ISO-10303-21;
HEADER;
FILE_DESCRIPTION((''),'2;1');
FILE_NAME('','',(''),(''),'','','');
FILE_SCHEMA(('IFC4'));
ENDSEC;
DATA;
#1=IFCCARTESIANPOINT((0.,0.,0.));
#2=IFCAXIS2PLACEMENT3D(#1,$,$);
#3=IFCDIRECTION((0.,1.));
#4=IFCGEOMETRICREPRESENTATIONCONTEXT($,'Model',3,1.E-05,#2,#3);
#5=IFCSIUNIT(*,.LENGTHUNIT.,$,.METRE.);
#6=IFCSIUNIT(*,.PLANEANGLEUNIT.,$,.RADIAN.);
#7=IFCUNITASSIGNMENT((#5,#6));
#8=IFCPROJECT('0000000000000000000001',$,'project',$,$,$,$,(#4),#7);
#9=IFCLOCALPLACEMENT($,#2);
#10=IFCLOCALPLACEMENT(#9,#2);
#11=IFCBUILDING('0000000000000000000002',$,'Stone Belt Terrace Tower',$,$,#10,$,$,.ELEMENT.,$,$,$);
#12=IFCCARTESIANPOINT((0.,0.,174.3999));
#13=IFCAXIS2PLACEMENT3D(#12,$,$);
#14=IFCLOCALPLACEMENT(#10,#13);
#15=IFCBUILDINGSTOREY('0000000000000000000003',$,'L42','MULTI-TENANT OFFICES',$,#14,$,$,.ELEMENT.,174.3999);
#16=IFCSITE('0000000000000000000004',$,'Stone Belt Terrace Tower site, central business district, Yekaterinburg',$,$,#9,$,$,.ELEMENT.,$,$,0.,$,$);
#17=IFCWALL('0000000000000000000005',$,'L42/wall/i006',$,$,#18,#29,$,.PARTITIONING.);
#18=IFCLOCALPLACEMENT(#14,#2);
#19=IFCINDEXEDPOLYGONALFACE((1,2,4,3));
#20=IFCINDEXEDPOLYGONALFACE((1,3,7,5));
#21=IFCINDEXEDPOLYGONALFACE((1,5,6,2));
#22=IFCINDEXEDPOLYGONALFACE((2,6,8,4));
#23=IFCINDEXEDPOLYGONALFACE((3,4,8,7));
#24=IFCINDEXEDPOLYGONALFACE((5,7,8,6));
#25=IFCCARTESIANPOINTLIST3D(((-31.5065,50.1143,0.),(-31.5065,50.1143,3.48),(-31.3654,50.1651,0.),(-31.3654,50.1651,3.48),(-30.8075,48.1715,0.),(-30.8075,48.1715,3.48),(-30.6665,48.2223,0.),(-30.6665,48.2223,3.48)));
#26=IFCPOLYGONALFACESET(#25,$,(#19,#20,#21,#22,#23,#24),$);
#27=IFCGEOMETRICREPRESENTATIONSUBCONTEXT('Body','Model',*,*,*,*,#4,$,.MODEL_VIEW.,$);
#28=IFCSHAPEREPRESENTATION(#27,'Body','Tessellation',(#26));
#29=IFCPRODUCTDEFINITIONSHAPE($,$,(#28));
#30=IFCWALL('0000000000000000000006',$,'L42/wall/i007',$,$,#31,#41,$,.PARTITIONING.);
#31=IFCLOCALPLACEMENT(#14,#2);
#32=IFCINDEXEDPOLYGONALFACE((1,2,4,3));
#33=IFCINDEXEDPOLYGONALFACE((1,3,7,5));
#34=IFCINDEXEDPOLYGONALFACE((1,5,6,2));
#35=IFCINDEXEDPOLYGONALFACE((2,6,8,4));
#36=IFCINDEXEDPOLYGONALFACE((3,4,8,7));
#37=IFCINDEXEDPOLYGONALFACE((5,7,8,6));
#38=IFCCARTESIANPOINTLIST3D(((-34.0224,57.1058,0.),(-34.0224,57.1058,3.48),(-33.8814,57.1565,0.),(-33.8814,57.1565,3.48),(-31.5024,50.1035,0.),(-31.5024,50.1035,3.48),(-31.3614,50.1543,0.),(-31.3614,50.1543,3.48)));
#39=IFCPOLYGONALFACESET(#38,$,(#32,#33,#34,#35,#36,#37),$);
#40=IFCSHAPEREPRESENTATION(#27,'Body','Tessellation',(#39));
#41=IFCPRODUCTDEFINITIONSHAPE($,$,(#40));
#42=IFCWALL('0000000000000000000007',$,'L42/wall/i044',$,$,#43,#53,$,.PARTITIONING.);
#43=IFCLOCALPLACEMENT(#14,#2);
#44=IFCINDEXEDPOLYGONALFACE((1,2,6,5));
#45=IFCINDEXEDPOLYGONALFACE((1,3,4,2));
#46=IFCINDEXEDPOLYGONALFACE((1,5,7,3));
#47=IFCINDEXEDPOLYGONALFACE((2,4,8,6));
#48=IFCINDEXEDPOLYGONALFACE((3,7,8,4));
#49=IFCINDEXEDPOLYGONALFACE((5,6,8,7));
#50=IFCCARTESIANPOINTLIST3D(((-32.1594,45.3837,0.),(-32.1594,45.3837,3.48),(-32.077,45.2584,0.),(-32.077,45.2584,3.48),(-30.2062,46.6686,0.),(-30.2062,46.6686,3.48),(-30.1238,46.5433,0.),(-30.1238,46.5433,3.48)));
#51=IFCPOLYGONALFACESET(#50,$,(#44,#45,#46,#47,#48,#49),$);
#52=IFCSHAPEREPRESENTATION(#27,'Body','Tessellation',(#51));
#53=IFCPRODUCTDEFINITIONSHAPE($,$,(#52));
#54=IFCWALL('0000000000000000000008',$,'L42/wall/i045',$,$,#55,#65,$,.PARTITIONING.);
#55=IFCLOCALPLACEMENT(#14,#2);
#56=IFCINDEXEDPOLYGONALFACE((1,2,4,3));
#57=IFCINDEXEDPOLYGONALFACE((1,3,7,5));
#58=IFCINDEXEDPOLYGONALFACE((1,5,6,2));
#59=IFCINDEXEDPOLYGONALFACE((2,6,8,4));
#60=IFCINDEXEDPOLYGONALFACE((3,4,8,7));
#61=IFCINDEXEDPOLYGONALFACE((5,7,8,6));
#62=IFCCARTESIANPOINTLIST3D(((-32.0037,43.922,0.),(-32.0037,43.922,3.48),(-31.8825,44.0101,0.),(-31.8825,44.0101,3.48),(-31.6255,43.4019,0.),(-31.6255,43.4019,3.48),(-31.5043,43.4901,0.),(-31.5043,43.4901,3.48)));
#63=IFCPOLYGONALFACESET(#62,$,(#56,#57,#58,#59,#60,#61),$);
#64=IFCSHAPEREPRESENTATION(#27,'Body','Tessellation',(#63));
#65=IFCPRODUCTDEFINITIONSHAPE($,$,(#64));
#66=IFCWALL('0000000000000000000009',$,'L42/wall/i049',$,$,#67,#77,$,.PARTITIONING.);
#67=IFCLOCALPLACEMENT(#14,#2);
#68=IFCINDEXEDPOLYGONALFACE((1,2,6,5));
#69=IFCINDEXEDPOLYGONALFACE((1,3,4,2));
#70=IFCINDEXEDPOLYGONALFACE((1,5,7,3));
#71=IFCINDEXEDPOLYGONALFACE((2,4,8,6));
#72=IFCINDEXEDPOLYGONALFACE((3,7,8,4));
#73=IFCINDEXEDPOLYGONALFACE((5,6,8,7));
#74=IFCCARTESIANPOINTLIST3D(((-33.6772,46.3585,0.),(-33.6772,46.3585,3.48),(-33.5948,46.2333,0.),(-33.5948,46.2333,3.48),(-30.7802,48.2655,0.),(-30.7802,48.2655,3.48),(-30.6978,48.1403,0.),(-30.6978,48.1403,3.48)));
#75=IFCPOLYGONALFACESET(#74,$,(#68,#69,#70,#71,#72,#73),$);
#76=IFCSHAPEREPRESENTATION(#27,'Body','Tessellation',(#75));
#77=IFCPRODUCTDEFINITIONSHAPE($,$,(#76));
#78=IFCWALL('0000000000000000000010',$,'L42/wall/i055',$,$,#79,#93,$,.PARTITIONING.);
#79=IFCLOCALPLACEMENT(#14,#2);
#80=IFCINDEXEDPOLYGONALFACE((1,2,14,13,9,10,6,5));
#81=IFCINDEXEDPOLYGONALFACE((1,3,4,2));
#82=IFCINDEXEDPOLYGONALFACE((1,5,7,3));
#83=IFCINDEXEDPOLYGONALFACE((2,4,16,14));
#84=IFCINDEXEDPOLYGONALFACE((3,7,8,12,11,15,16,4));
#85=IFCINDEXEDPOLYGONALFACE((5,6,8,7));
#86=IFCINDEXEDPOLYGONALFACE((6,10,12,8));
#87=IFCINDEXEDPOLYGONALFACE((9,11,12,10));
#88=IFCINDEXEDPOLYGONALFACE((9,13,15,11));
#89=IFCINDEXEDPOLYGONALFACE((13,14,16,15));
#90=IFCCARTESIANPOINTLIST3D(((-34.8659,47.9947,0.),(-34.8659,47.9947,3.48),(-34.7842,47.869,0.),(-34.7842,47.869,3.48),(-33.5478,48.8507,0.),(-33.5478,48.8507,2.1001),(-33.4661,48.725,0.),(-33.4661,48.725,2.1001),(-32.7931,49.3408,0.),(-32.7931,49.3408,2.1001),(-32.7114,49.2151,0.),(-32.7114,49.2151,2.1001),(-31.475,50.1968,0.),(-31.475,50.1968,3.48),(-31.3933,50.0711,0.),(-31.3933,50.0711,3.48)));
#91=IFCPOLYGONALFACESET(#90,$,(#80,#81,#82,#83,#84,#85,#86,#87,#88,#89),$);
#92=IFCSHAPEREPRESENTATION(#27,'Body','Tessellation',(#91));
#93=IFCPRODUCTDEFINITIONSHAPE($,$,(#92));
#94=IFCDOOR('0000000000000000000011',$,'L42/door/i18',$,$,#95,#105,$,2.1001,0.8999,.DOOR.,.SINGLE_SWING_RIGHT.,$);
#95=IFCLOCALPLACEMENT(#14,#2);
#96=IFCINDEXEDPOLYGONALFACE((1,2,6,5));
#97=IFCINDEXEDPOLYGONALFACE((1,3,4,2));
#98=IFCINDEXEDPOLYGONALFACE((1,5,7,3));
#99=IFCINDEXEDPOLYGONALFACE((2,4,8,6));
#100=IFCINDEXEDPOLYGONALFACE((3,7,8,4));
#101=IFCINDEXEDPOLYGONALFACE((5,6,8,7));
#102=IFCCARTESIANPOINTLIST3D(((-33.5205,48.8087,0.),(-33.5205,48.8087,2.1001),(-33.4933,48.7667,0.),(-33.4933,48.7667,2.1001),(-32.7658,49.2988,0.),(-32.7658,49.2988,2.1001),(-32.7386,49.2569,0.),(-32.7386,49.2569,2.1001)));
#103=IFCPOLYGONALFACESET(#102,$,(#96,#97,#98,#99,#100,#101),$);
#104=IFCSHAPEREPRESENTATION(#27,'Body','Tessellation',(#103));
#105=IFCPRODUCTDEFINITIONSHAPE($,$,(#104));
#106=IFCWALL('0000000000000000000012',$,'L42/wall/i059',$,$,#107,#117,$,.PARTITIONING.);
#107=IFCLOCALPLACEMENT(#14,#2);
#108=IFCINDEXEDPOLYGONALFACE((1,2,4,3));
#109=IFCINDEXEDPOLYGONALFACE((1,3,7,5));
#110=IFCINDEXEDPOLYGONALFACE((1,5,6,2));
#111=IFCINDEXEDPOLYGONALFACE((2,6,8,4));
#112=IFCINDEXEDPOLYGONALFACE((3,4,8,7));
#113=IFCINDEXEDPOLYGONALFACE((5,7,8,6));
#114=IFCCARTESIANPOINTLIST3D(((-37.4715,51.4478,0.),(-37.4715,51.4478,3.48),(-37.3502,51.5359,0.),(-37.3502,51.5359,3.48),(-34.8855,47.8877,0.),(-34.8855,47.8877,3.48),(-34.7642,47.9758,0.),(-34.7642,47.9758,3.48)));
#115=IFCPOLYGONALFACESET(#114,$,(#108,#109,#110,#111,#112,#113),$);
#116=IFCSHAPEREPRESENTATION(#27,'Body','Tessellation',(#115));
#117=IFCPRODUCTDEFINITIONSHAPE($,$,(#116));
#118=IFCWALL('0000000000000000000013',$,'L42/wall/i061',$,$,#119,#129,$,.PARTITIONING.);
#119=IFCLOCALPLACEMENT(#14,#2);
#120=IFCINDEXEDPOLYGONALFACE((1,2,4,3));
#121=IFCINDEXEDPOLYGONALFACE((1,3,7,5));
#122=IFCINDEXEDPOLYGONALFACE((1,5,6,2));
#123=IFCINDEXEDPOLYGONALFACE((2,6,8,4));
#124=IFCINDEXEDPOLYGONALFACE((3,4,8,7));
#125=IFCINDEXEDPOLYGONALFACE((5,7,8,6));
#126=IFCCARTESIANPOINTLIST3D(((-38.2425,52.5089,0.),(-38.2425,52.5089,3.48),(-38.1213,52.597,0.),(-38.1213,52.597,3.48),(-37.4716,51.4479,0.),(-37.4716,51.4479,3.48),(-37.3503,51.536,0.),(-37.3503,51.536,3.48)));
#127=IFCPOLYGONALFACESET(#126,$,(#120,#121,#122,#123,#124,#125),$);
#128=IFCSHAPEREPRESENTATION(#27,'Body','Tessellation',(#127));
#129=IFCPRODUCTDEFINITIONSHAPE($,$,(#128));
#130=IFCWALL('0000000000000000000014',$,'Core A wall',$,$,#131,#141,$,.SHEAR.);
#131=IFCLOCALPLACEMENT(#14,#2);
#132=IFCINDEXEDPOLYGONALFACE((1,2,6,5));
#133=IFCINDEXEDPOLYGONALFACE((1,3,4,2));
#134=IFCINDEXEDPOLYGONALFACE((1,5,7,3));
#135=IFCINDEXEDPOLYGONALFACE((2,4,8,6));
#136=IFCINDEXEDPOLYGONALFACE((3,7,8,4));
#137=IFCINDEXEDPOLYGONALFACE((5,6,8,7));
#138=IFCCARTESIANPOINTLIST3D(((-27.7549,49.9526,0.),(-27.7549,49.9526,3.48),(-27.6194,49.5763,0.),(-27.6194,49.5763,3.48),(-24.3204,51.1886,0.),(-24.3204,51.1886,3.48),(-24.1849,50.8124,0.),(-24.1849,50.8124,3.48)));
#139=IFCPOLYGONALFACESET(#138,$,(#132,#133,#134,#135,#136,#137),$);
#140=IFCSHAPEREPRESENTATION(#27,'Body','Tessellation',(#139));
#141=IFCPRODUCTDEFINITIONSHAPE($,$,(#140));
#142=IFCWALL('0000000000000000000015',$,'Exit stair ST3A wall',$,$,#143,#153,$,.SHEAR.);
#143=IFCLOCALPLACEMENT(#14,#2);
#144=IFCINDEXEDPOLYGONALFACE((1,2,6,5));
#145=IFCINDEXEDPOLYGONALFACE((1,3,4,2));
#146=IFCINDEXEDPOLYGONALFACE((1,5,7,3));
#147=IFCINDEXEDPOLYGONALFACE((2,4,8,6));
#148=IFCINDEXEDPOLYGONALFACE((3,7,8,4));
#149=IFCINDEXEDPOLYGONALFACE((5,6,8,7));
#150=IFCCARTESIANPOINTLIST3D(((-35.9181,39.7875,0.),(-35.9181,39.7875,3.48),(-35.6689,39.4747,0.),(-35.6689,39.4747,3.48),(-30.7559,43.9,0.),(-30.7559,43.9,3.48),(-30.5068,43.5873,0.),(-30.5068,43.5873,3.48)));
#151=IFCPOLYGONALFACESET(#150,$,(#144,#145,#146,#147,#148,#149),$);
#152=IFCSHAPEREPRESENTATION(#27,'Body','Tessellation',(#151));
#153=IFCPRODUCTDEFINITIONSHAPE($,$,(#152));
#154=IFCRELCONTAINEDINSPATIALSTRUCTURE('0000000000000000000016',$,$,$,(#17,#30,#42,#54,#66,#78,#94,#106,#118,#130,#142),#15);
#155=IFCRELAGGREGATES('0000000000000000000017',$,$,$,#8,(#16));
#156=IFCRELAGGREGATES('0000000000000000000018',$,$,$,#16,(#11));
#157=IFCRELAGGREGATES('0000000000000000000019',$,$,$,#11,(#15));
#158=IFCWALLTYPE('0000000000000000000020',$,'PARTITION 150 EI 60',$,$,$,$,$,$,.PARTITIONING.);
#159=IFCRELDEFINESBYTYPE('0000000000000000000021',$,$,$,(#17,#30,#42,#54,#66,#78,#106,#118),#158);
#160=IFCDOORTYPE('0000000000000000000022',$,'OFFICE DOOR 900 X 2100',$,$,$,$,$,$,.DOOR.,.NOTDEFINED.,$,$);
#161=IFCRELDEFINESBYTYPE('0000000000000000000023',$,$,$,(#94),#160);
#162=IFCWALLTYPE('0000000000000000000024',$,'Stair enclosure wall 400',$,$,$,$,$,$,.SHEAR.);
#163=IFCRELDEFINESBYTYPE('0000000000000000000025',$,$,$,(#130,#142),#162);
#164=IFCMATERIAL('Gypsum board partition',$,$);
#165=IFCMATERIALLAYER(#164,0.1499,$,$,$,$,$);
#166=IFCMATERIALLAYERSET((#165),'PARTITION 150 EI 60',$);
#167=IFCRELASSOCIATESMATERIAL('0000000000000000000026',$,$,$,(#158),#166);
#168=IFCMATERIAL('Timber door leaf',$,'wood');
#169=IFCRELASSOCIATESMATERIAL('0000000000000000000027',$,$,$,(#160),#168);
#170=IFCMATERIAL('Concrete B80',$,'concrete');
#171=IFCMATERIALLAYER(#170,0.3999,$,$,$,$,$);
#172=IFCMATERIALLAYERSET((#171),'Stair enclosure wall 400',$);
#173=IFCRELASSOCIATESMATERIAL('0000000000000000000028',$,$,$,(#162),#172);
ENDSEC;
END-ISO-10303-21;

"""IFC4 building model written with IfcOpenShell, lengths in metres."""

from ifc_helpers import new_model, si_unit, direction, frame, frame_2d, origin, place, context, subcontext, project, spatial, rectangle, extrude, material, layer, layer_set, type_object, element, fill, save


model = new_model("IFC4")

# Units and contexts
model_context = context("Model", 3, precision=1e-05, world=origin(), true_north=direction((0.0, 1.0)))
body_context = subcontext(model_context, "Body", "Model", "MODEL_VIEW")
ifc_project = project(units=[si_unit("LENGTHUNIT", "METRE"), si_unit("PLANEANGLEUNIT", "RADIAN")], contexts=[model_context])

# Site, building, storey
site_placement = place(None, origin())
site = spatial("IfcSite", under=ifc_project, at=site_placement, Name="Stone Belt Terrace Tower site, central business district, Yekaterinburg", CompositionType="ELEMENT", RefElevation=0.0)
building_placement = place(site_placement, origin())
building = spatial("IfcBuilding", under=site, at=building_placement, Name="Stone Belt Terrace Tower", CompositionType="ELEMENT")
storey_placement = place(building_placement, frame((0.0, 0.0, 174.3999)))
storey = spatial("IfcBuildingStorey", under=building, at=storey_placement, Name="L42", Description="MULTI-TENANT OFFICES", CompositionType="ELEMENT", Elevation=174.3999)

# Shared definitions
ifc_material_1 = material(Name="Concrete B80", Category="concrete")

# Shared definitions
ifc_material_2 = material(Name="Gypsum board partition")
ifc_layer_1 = layer(ifc_material_2, 0.1499)
ifc_layer_set_1 = layer_set([ifc_layer_1], Name="PARTITION 150 EI 60")
wall_type_1 = type_object("IfcWallType", Name="PARTITION 150 EI 60", PredefinedType="PARTITIONING", material=ifc_layer_set_1)
ifc_material_3 = material(Name="Timber door leaf", Category="wood")
door_type_1 = type_object("IfcDoorType", Name="OFFICE DOOR 900 X 2100", OperationType="NOTDEFINED", PredefinedType="DOOR", material=ifc_material_3)

# Walls
wall_1_placement = place(storey_placement, frame((-30.7371, 48.197, 0.0), z_axis=(0.0, 0.0, 1.0), x_axis=(-0.338523, 0.940958, 0.0)))
element("IfcWall", 1, at=wall_1_placement, inside=storey, type_object=wall_type_1, Name="L42/wall/i006", PredefinedType="PARTITIONING", context=body_context, shape_type="SweptSolid", body=[
    extrude(rectangle(XDim=2.0647, YDim=0.1499, at=frame_2d((1.0322, 0.0))), origin(), (0.0, 0.0, 1.0), 3.48),
])
wall_2_placement = place(storey_placement, frame((-31.4319, 50.1289, 0.0), z_axis=(0.0, 0.0, 1.0), x_axis=(-0.338628, 0.94092, 0.0)))
element("IfcWall", 2, at=wall_2_placement, inside=storey, type_object=wall_type_1, Name="L42/wall/i007", PredefinedType="PARTITIONING", context=body_context, shape_type="SweptSolid", body=[
    extrude(rectangle(XDim=7.4419, YDim=0.1499, at=frame_2d((3.7209, 0.0))), origin(), (0.0, 0.0, 1.0), 3.48),
])
wall_3_placement = place(storey_placement, frame((-30.165, 46.606, 0.0), z_axis=(0.0, 0.0, 1.0), x_axis=(-0.835425, -0.549605, 0.0)))
element("IfcWall", 3, at=wall_3_placement, inside=storey, type_object=wall_type_1, Name="L42/wall/i044", PredefinedType="PARTITIONING", context=body_context, shape_type="SweptSolid", body=[
    extrude(rectangle(XDim=2.3379, YDim=0.1499, at=frame_2d((1.1689, 0.0))), origin(), (0.0, 0.0, 1.0), 3.48),
])
wall_4_placement = place(storey_placement, frame((-31.9431, 43.9661, 0.0), z_axis=(0.0, 0.0, 1.0), x_axis=(0.588149, -0.808753, 0.0)))
element("IfcWall", 4, at=wall_4_placement, inside=storey, type_object=wall_type_1, Name="L42/wall/i045", PredefinedType="PARTITIONING", context=body_context, shape_type="SweptSolid", body=[
    extrude(rectangle(XDim=0.6431, YDim=0.1499, at=frame_2d((0.3215, 0.0))), origin(), (0.0, 0.0, 1.0), 3.48),
])
wall_5_placement = place(storey_placement, frame((-33.636, 46.2959, 0.0), z_axis=(0.0, 0.0, 1.0), x_axis=(0.835274, 0.549834, 0.0)))
element("IfcWall", 5, at=wall_5_placement, inside=storey, type_object=wall_type_1, Name="L42/wall/i049", PredefinedType="PARTITIONING", context=body_context, shape_type="SweptSolid", body=[
    extrude(rectangle(XDim=3.4683, YDim=0.1499, at=frame_2d((1.7341, 0.0))), origin(), (0.0, 0.0, 1.0), 3.48),
])

# Wall, opening, door
wall_6_placement = place(storey_placement, frame((-34.825, 47.9319, 0.0), z_axis=(0.0, 0.0, 1.0), x_axis=(0.83866, 0.544655, 0.0)))
wall_6 = element("IfcWall", 6, at=wall_6_placement, inside=storey, type_object=wall_type_1, Name="L42/wall/i055", PredefinedType="PARTITIONING", context=body_context, shape_type="SweptSolid", body=[
    extrude(rectangle(XDim=4.0432, YDim=0.1499, at=frame_2d((2.0215, 0.0))), origin(), (0.0, 0.0, 1.0), 3.48),
])
opening_1_placement = place(wall_6_placement, frame((1.5715, 0.0, 0.0)))
opening_1 = element("IfcOpeningElement", 7, at=opening_1_placement, cuts=wall_6, PredefinedType="OPENING", context=body_context, shape_type="SweptSolid", body=[
    extrude(rectangle(XDim=0.8999, YDim=2.1001, at=frame_2d((0.45, 1.05))), frame((0.0, 0.085, 0.0), z_axis=(0.0, -1.0, 0.0), x_axis=(1.0, 0.0, 0.0)), (0.0, 0.0, 1.0), 0.1699),
])
door_1_placement = place(opening_1_placement, origin())
door_1 = element("IfcDoor", 8, at=door_1_placement, inside=storey, type_object=door_type_1, Name="L42/door/i18", OperationType="SINGLE_SWING_RIGHT", OverallHeight=2.1001, OverallWidth=0.8999, PredefinedType="DOOR", context=body_context, shape_type="SweptSolid", body=[
    extrude(rectangle(XDim=0.8999, YDim=2.1001, at=frame_2d((0.45, 1.05))), frame((0.0, 0.0249, 0.0), z_axis=(0.0, -1.0, 0.0), x_axis=(1.0, 0.0, 0.0)), (0.0, 0.0, 1.0), 0.05),
])
fill(opening_1, door_1)

# Walls
wall_7_placement = place(storey_placement, frame((-37.4109, 51.4919, 0.0), z_axis=(0.0, 0.0, 1.0), x_axis=(0.587697, -0.809081, 0.0)))
element("IfcWall", 9, at=wall_7_placement, inside=storey, type_object=wall_type_1, Name="L42/wall/i059", PredefinedType="PARTITIONING", context=body_context, shape_type="SweptSolid", body=[
    extrude(rectangle(XDim=4.4001, YDim=0.1499, at=frame_2d((2.2002, 0.0))), origin(), (0.0, 0.0, 1.0), 3.48),
])
wall_8_placement = place(storey_placement, frame((-38.1819, 52.553, 0.0), z_axis=(0.0, 0.0, 1.0), x_axis=(0.58784, -0.808977, 0.0)))
element("IfcWall", 10, at=wall_8_placement, inside=storey, type_object=wall_type_1, Name="L42/wall/i061", PredefinedType="PARTITIONING", context=body_context, shape_type="SweptSolid", body=[
    extrude(rectangle(XDim=1.3115, YDim=0.1499, at=frame_2d((0.6558, 0.0))), origin(), (0.0, 0.0, 1.0), 3.48),
])
ifc_layer_2 = layer(ifc_material_1, 0.3999)
ifc_layer_set_2 = layer_set([ifc_layer_2], Name="Stair enclosure wall 400")
wall_type_2 = type_object("IfcWallType", Name="Stair enclosure wall 400", PredefinedType="SHEAR", material=ifc_layer_set_2)
wall_9_placement = place(storey_placement, frame((-27.6873, 49.7644, 0.0), z_axis=(0.0, 0.0, 1.0), x_axis=(0.940919, 0.338632, 0.0)))
element("IfcWall", 11, at=wall_9_placement, inside=storey, type_object=wall_type_2, Name="Core A wall", PredefinedType="SHEAR", context=body_context, shape_type="SweptSolid", body=[
    extrude(rectangle(XDim=3.6501, YDim=0.3999, at=frame_2d((1.8252, 0.0))), origin(), (0.0, 0.0, 1.0), 3.48),
])
wall_10_placement = place(storey_placement, frame((-30.6313, 43.7437, 0.0), z_axis=(0.0, 0.0, 1.0), x_axis=(-0.782134, -0.62311, 0.0)))
element("IfcWall", 12, at=wall_10_placement, inside=storey, type_object=wall_type_2, Name="Exit stair ST3A wall", PredefinedType="SHEAR", context=body_context, shape_type="SweptSolid", body=[
    extrude(rectangle(XDim=6.6001, YDim=0.3999, at=frame_2d((3.3, 0.0))), origin(), (0.0, 0.0, 1.0), 3.48),
])

save(model, "model.ifc")
